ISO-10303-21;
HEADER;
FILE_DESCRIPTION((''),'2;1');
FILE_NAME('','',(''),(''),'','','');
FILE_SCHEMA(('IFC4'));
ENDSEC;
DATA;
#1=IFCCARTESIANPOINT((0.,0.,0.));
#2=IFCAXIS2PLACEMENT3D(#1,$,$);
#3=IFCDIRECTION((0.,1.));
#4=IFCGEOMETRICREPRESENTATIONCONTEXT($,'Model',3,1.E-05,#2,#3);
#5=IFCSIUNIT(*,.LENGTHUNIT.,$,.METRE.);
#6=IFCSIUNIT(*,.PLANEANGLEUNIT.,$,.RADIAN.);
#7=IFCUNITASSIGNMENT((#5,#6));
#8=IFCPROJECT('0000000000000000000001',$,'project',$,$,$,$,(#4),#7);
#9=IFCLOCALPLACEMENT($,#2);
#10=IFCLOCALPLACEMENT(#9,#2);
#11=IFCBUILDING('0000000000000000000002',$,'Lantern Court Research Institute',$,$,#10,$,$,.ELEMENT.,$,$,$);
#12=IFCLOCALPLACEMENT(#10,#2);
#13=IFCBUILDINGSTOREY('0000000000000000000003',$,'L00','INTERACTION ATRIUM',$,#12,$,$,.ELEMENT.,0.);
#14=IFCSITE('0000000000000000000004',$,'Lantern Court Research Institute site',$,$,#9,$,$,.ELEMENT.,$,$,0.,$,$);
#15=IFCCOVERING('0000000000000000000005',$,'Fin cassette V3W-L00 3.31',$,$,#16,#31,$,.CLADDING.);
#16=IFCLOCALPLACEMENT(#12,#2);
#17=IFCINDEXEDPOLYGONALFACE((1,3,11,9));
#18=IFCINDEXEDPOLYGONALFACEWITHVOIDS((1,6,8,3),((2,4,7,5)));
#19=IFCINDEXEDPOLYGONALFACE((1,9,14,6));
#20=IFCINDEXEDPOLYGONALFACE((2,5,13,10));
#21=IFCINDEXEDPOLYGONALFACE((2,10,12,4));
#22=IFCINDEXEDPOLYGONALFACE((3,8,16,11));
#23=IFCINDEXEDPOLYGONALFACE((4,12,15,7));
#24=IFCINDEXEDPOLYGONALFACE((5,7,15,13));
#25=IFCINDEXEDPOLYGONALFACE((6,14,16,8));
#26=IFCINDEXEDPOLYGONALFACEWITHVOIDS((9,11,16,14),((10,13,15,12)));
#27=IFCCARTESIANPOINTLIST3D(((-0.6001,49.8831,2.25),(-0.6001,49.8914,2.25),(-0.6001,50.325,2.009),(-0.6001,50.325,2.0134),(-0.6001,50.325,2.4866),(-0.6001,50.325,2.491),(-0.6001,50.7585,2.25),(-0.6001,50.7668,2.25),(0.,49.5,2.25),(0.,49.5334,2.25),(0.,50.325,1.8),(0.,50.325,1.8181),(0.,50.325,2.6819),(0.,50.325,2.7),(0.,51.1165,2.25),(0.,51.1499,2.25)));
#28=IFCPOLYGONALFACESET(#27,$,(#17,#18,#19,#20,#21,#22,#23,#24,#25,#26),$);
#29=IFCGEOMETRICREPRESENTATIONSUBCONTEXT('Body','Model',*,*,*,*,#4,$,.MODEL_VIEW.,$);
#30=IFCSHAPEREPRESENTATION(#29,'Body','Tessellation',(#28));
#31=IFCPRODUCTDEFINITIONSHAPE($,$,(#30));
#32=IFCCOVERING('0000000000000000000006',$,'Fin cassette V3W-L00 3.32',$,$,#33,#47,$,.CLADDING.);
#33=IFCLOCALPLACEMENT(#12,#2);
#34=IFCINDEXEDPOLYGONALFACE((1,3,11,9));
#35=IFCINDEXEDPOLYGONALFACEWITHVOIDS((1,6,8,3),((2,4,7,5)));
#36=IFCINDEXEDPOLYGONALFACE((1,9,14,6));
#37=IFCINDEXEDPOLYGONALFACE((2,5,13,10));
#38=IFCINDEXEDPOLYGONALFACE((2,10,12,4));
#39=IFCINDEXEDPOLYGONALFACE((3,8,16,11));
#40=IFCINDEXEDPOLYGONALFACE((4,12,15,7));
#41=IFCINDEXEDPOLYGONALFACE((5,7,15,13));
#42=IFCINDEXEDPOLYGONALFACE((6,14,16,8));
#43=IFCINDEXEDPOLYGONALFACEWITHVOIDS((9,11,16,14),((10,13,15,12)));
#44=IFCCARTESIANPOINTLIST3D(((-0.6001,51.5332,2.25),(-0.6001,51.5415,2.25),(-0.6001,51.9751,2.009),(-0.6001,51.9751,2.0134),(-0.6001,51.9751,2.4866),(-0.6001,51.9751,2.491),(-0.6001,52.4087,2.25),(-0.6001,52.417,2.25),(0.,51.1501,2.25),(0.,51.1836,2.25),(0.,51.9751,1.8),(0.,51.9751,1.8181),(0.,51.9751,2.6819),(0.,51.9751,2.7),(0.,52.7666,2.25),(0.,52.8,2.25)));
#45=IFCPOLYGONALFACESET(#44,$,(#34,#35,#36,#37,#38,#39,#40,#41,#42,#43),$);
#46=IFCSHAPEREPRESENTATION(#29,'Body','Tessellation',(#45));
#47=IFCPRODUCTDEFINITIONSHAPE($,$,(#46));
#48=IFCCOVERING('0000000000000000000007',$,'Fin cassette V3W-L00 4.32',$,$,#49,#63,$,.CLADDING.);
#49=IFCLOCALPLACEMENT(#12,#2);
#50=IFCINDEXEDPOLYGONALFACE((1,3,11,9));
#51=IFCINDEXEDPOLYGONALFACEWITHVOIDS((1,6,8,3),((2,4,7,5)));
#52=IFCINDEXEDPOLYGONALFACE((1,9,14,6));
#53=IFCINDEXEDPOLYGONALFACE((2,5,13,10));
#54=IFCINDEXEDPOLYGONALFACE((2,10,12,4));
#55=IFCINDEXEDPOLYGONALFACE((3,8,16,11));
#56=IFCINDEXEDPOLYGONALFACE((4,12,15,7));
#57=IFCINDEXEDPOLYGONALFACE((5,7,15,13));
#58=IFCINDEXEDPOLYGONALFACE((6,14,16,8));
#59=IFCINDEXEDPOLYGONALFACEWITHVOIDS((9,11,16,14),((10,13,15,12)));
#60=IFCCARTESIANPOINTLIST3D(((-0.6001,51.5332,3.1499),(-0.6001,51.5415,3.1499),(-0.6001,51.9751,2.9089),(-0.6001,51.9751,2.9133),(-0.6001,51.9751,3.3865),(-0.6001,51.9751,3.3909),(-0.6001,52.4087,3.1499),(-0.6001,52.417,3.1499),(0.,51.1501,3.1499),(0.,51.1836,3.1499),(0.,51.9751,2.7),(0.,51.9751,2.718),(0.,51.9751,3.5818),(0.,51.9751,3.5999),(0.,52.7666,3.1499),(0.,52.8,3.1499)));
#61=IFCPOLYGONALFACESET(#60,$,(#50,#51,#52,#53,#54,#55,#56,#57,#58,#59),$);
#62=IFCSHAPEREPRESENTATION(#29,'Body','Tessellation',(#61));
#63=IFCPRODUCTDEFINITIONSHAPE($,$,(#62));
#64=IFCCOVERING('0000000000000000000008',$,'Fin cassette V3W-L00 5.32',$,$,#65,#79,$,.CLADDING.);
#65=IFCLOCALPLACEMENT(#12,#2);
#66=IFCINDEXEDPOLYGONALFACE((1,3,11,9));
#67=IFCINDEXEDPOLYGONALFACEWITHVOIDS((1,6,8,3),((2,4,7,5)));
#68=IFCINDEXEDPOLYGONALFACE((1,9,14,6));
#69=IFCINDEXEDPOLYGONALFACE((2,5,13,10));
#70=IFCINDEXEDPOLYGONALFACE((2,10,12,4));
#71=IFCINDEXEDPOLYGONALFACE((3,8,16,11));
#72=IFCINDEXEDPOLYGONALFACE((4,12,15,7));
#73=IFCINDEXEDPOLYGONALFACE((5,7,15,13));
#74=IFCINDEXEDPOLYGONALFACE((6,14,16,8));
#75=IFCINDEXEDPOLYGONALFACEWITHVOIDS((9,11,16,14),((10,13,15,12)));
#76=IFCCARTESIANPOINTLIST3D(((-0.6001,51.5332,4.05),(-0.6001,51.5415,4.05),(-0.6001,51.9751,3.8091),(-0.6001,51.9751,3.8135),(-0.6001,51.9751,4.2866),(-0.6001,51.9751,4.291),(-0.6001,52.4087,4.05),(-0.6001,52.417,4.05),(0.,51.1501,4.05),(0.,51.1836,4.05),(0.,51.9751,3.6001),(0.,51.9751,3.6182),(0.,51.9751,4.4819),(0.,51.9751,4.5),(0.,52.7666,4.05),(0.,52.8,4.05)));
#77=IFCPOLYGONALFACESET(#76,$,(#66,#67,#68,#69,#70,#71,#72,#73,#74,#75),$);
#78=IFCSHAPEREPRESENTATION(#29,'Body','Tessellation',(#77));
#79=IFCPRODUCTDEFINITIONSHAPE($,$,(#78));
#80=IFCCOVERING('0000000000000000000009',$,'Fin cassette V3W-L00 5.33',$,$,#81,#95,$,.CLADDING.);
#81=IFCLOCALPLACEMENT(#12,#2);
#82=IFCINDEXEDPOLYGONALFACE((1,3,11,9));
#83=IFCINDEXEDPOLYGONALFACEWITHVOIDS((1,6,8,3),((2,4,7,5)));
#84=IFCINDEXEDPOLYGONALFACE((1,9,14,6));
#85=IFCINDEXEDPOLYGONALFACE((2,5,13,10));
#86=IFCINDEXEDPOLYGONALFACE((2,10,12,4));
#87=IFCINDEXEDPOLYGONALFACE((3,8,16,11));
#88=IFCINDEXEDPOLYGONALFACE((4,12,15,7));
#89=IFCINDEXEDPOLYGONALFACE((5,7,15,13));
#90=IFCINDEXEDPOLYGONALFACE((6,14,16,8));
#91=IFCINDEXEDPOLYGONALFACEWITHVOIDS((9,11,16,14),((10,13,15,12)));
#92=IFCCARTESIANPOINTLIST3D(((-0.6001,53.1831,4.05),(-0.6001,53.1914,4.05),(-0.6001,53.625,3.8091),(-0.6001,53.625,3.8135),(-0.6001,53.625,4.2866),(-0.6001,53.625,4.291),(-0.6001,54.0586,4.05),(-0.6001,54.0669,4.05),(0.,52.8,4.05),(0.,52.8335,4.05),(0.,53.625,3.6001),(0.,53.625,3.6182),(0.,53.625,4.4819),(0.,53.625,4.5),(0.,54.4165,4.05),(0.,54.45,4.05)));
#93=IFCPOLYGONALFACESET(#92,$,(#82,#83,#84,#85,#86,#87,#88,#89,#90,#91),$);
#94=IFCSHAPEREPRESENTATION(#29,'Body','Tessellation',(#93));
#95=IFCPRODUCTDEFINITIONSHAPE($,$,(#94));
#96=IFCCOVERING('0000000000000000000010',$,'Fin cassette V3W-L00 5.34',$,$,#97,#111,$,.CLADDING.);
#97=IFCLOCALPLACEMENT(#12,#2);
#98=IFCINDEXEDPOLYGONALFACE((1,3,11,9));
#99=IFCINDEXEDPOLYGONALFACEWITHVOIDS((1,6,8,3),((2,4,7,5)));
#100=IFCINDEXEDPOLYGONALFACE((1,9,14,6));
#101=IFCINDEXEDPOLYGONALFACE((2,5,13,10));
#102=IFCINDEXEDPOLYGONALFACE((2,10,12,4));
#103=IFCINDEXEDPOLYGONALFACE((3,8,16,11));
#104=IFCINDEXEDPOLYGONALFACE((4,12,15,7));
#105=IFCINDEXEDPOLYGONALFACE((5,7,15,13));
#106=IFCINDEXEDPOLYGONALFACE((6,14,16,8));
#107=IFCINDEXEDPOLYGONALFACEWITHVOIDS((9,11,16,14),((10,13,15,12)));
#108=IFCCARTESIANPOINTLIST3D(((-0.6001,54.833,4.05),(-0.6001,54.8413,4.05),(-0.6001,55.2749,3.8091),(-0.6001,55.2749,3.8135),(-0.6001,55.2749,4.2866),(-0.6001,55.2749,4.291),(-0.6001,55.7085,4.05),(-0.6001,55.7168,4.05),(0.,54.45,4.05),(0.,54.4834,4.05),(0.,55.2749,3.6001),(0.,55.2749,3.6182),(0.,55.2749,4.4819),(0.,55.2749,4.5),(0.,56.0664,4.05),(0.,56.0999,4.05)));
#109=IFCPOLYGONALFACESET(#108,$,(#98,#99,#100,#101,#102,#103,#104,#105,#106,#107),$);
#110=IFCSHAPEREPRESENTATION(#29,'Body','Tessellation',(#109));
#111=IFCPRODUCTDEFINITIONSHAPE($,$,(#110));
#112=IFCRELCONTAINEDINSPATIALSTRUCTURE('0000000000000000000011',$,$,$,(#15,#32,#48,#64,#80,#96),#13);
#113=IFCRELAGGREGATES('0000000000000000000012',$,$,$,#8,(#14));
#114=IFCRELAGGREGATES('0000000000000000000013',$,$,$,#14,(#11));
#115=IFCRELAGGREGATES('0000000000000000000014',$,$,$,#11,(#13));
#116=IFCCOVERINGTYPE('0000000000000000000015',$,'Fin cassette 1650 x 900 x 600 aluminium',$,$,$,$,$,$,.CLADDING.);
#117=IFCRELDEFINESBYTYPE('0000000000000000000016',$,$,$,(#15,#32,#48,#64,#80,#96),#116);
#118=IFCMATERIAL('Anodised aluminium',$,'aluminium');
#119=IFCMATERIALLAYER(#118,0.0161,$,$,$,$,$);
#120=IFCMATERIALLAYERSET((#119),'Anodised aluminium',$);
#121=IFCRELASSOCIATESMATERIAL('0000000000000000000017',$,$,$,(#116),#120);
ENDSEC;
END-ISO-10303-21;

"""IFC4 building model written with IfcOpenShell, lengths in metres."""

from ifc_helpers import new_model, entity, si_unit, direction, frame, origin, place, context, subcontext, project, spatial, material, layer, layer_set, type_object, element, save


model = new_model("IFC4")

# Units and contexts
model_context = context("Model", 3, precision=1e-05, world=origin(), true_north=direction((0.0, 1.0)))
body_context = subcontext(model_context, "Body", "Model", "MODEL_VIEW")
ifc_project = project(units=[si_unit("LENGTHUNIT", "METRE"), si_unit("PLANEANGLEUNIT", "RADIAN")], contexts=[model_context])

# Site, building, storey
site_placement = place(None, origin())
site = spatial("IfcSite", under=ifc_project, at=site_placement, Name="Lantern Court Research Institute site", CompositionType="ELEMENT", RefElevation=0.0)
building_placement = place(site_placement, origin())
building = spatial("IfcBuilding", under=site, at=building_placement, Name="Lantern Court Research Institute", CompositionType="ELEMENT")
storey_placement = place(building_placement, origin())
storey = spatial("IfcBuildingStorey", under=building, at=storey_placement, Name="L00", Description="INTERACTION ATRIUM", CompositionType="ELEMENT", Elevation=0.0)

# Coverings
ifc_material_1 = material(Name="Anodised aluminium", Category="aluminium")
ifc_layer_1 = layer(ifc_material_1, 0.0161)
ifc_layer_set_1 = layer_set([ifc_layer_1], Name="Anodised aluminium")
covering_type = type_object("IfcCoveringType", Name="Fin cassette 1650 x 900 x 600 aluminium", PredefinedType="CLADDING", material=ifc_layer_set_1)
covering_1_placement = place(storey_placement, frame((0.0, 50.325, 2.25), z_axis=(-1.0, 0.0, 0.0), x_axis=(0.0, -1.0, 0.0)))
cartesian_point_1 = entity("IfcCartesianPoint", [0.825, 0.0])
cartesian_point_2 = entity("IfcCartesianPoint", [0.7915, 0.0])
cartesian_point_3 = entity("IfcCartesianPoint", [0.4419, 0.0])
cartesian_point_4 = entity("IfcCartesianPoint", [0.4336, 0.0])
element("IfcCovering", 1, at=covering_1_placement, inside=storey, type_object=covering_type, Name="Fin cassette V3W-L00 3.31", PredefinedType="CLADDING", context=body_context, shape_type="SweptSolid", body=[
    entity("IfcExtrudedAreaSolidTapered", entity("IfcArbitraryProfileDefWithVoids", "AREA", None, entity("IfcPolyline", [cartesian_point_1, entity("IfcCartesianPoint", [0.0, 0.45]), entity("IfcCartesianPoint", [-0.825, 0.0]), entity("IfcCartesianPoint", [0.0, -0.45]), cartesian_point_1]), [entity("IfcPolyline", [cartesian_point_2, entity("IfcCartesianPoint", [0.0, 0.4319]), entity("IfcCartesianPoint", [-0.7915, 0.0]), entity("IfcCartesianPoint", [0.0, -0.4319]), cartesian_point_2])]), entity("IfcAxis2Placement3D", entity("IfcCartesianPoint", [0.0, 0.0, 0.0])), entity("IfcDirection", [0.0, 0.0, 1.0]), 0.6001, entity("IfcArbitraryProfileDefWithVoids", "AREA", None, entity("IfcPolyline", [cartesian_point_3, entity("IfcCartesianPoint", [0.0, 0.241]), entity("IfcCartesianPoint", [-0.4419, 0.0]), entity("IfcCartesianPoint", [0.0, -0.241]), cartesian_point_3]), [entity("IfcPolyline", [cartesian_point_4, entity("IfcCartesianPoint", [0.0, 0.2366]), entity("IfcCartesianPoint", [-0.4336, 0.0]), entity("IfcCartesianPoint", [0.0, -0.2366]), cartesian_point_4])])),
])
covering_2_placement = place(storey_placement, frame((0.0, 51.9751, 2.25), z_axis=(-1.0, 0.0, 0.0), x_axis=(0.0, -1.0, 0.0)))
cartesian_point_5 = entity("IfcCartesianPoint", [0.825, 0.0])
cartesian_point_6 = entity("IfcCartesianPoint", [0.7915, 0.0])
cartesian_point_7 = entity("IfcCartesianPoint", [0.4419, 0.0])
cartesian_point_8 = entity("IfcCartesianPoint", [0.4336, 0.0])
element("IfcCovering", 2, at=covering_2_placement, inside=storey, type_object=covering_type, Name="Fin cassette V3W-L00 3.32", PredefinedType="CLADDING", context=body_context, shape_type="SweptSolid", body=[
    entity("IfcExtrudedAreaSolidTapered", entity("IfcArbitraryProfileDefWithVoids", "AREA", None, entity("IfcPolyline", [cartesian_point_5, entity("IfcCartesianPoint", [0.0, 0.45]), entity("IfcCartesianPoint", [-0.825, 0.0]), entity("IfcCartesianPoint", [0.0, -0.45]), cartesian_point_5]), [entity("IfcPolyline", [cartesian_point_6, entity("IfcCartesianPoint", [0.0, 0.4319]), entity("IfcCartesianPoint", [-0.7915, 0.0]), entity("IfcCartesianPoint", [0.0, -0.4319]), cartesian_point_6])]), entity("IfcAxis2Placement3D", entity("IfcCartesianPoint", [0.0, 0.0, 0.0])), entity("IfcDirection", [0.0, 0.0, 1.0]), 0.6001, entity("IfcArbitraryProfileDefWithVoids", "AREA", None, entity("IfcPolyline", [cartesian_point_7, entity("IfcCartesianPoint", [0.0, 0.241]), entity("IfcCartesianPoint", [-0.4419, 0.0]), entity("IfcCartesianPoint", [0.0, -0.241]), cartesian_point_7]), [entity("IfcPolyline", [cartesian_point_8, entity("IfcCartesianPoint", [0.0, 0.2366]), entity("IfcCartesianPoint", [-0.4336, 0.0]), entity("IfcCartesianPoint", [0.0, -0.2366]), cartesian_point_8])])),
])
covering_3_placement = place(storey_placement, frame((0.0, 51.9751, 3.1499), z_axis=(-1.0, 0.0, 0.0), x_axis=(0.0, -1.0, 0.0)))
cartesian_point_9 = entity("IfcCartesianPoint", [0.825, 0.0])
cartesian_point_10 = entity("IfcCartesianPoint", [0.7915, 0.0])
cartesian_point_11 = entity("IfcCartesianPoint", [0.4419, 0.0])
cartesian_point_12 = entity("IfcCartesianPoint", [0.4336, 0.0])
element("IfcCovering", 3, at=covering_3_placement, inside=storey, type_object=covering_type, Name="Fin cassette V3W-L00 4.32", PredefinedType="CLADDING", context=body_context, shape_type="SweptSolid", body=[
    entity("IfcExtrudedAreaSolidTapered", entity("IfcArbitraryProfileDefWithVoids", "AREA", None, entity("IfcPolyline", [cartesian_point_9, entity("IfcCartesianPoint", [0.0, 0.45]), entity("IfcCartesianPoint", [-0.825, 0.0]), entity("IfcCartesianPoint", [0.0, -0.45]), cartesian_point_9]), [entity("IfcPolyline", [cartesian_point_10, entity("IfcCartesianPoint", [0.0, 0.4319]), entity("IfcCartesianPoint", [-0.7915, 0.0]), entity("IfcCartesianPoint", [0.0, -0.4319]), cartesian_point_10])]), entity("IfcAxis2Placement3D", entity("IfcCartesianPoint", [0.0, 0.0, 0.0])), entity("IfcDirection", [0.0, 0.0, 1.0]), 0.6001, entity("IfcArbitraryProfileDefWithVoids", "AREA", None, entity("IfcPolyline", [cartesian_point_11, entity("IfcCartesianPoint", [0.0, 0.241]), entity("IfcCartesianPoint", [-0.4419, 0.0]), entity("IfcCartesianPoint", [0.0, -0.241]), cartesian_point_11]), [entity("IfcPolyline", [cartesian_point_12, entity("IfcCartesianPoint", [0.0, 0.2366]), entity("IfcCartesianPoint", [-0.4336, 0.0]), entity("IfcCartesianPoint", [0.0, -0.2366]), cartesian_point_12])])),
])
covering_4_placement = place(storey_placement, frame((0.0, 51.9751, 4.05), z_axis=(-1.0, 0.0, 0.0), x_axis=(0.0, -1.0, 0.0)))
cartesian_point_13 = entity("IfcCartesianPoint", [0.825, 0.0])
cartesian_point_14 = entity("IfcCartesianPoint", [0.7915, 0.0])
cartesian_point_15 = entity("IfcCartesianPoint", [0.4419, 0.0])
cartesian_point_16 = entity("IfcCartesianPoint", [0.4336, 0.0])
element("IfcCovering", 4, at=covering_4_placement, inside=storey, type_object=covering_type, Name="Fin cassette V3W-L00 5.32", PredefinedType="CLADDING", context=body_context, shape_type="SweptSolid", body=[
    entity("IfcExtrudedAreaSolidTapered", entity("IfcArbitraryProfileDefWithVoids", "AREA", None, entity("IfcPolyline", [cartesian_point_13, entity("IfcCartesianPoint", [0.0, 0.45]), entity("IfcCartesianPoint", [-0.825, 0.0]), entity("IfcCartesianPoint", [0.0, -0.45]), cartesian_point_13]), [entity("IfcPolyline", [cartesian_point_14, entity("IfcCartesianPoint", [0.0, 0.4319]), entity("IfcCartesianPoint", [-0.7915, 0.0]), entity("IfcCartesianPoint", [0.0, -0.4319]), cartesian_point_14])]), entity("IfcAxis2Placement3D", entity("IfcCartesianPoint", [0.0, 0.0, 0.0])), entity("IfcDirection", [0.0, 0.0, 1.0]), 0.6001, entity("IfcArbitraryProfileDefWithVoids", "AREA", None, entity("IfcPolyline", [cartesian_point_15, entity("IfcCartesianPoint", [0.0, 0.241]), entity("IfcCartesianPoint", [-0.4419, 0.0]), entity("IfcCartesianPoint", [0.0, -0.241]), cartesian_point_15]), [entity("IfcPolyline", [cartesian_point_16, entity("IfcCartesianPoint", [0.0, 0.2366]), entity("IfcCartesianPoint", [-0.4336, 0.0]), entity("IfcCartesianPoint", [0.0, -0.2366]), cartesian_point_16])])),
])
covering_5_placement = place(storey_placement, frame((0.0, 53.625, 4.05), z_axis=(-1.0, 0.0, 0.0), x_axis=(0.0, -1.0, 0.0)))
cartesian_point_17 = entity("IfcCartesianPoint", [0.825, 0.0])
cartesian_point_18 = entity("IfcCartesianPoint", [0.7915, 0.0])
cartesian_point_19 = entity("IfcCartesianPoint", [0.4419, 0.0])
cartesian_point_20 = entity("IfcCartesianPoint", [0.4336, 0.0])
element("IfcCovering", 5, at=covering_5_placement, inside=storey, type_object=covering_type, Name="Fin cassette V3W-L00 5.33", PredefinedType="CLADDING", context=body_context, shape_type="SweptSolid", body=[
    entity("IfcExtrudedAreaSolidTapered", entity("IfcArbitraryProfileDefWithVoids", "AREA", None, entity("IfcPolyline", [cartesian_point_17, entity("IfcCartesianPoint", [0.0, 0.45]), entity("IfcCartesianPoint", [-0.825, 0.0]), entity("IfcCartesianPoint", [0.0, -0.45]), cartesian_point_17]), [entity("IfcPolyline", [cartesian_point_18, entity("IfcCartesianPoint", [0.0, 0.4319]), entity("IfcCartesianPoint", [-0.7915, 0.0]), entity("IfcCartesianPoint", [0.0, -0.4319]), cartesian_point_18])]), entity("IfcAxis2Placement3D", entity("IfcCartesianPoint", [0.0, 0.0, 0.0])), entity("IfcDirection", [0.0, 0.0, 1.0]), 0.6001, entity("IfcArbitraryProfileDefWithVoids", "AREA", None, entity("IfcPolyline", [cartesian_point_19, entity("IfcCartesianPoint", [0.0, 0.241]), entity("IfcCartesianPoint", [-0.4419, 0.0]), entity("IfcCartesianPoint", [0.0, -0.241]), cartesian_point_19]), [entity("IfcPolyline", [cartesian_point_20, entity("IfcCartesianPoint", [0.0, 0.2366]), entity("IfcCartesianPoint", [-0.4336, 0.0]), entity("IfcCartesianPoint", [0.0, -0.2366]), cartesian_point_20])])),
])
covering_6_placement = place(storey_placement, frame((0.0, 55.2749, 4.05), z_axis=(-1.0, 0.0, 0.0), x_axis=(0.0, -1.0, 0.0)))
cartesian_point_21 = entity("IfcCartesianPoint", [0.825, 0.0])
cartesian_point_22 = entity("IfcCartesianPoint", [0.7915, 0.0])
cartesian_point_23 = entity("IfcCartesianPoint", [0.4419, 0.0])
cartesian_point_24 = entity("IfcCartesianPoint", [0.4336, 0.0])
element("IfcCovering", 6, at=covering_6_placement, inside=storey, type_object=covering_type, Name="Fin cassette V3W-L00 5.34", PredefinedType="CLADDING", context=body_context, shape_type="SweptSolid", body=[
    entity("IfcExtrudedAreaSolidTapered", entity("IfcArbitraryProfileDefWithVoids", "AREA", None, entity("IfcPolyline", [cartesian_point_21, entity("IfcCartesianPoint", [0.0, 0.45]), entity("IfcCartesianPoint", [-0.825, 0.0]), entity("IfcCartesianPoint", [0.0, -0.45]), cartesian_point_21]), [entity("IfcPolyline", [cartesian_point_22, entity("IfcCartesianPoint", [0.0, 0.4319]), entity("IfcCartesianPoint", [-0.7915, 0.0]), entity("IfcCartesianPoint", [0.0, -0.4319]), cartesian_point_22])]), entity("IfcAxis2Placement3D", entity("IfcCartesianPoint", [0.0, 0.0, 0.0])), entity("IfcDirection", [0.0, 0.0, 1.0]), 0.6001, entity("IfcArbitraryProfileDefWithVoids", "AREA", None, entity("IfcPolyline", [cartesian_point_23, entity("IfcCartesianPoint", [0.0, 0.241]), entity("IfcCartesianPoint", [-0.4419, 0.0]), entity("IfcCartesianPoint", [0.0, -0.241]), cartesian_point_23]), [entity("IfcPolyline", [cartesian_point_24, entity("IfcCartesianPoint", [0.0, 0.2366]), entity("IfcCartesianPoint", [-0.4336, 0.0]), entity("IfcCartesianPoint", [0.0, -0.2366]), cartesian_point_24])])),
])

save(model, "model.ifc")
